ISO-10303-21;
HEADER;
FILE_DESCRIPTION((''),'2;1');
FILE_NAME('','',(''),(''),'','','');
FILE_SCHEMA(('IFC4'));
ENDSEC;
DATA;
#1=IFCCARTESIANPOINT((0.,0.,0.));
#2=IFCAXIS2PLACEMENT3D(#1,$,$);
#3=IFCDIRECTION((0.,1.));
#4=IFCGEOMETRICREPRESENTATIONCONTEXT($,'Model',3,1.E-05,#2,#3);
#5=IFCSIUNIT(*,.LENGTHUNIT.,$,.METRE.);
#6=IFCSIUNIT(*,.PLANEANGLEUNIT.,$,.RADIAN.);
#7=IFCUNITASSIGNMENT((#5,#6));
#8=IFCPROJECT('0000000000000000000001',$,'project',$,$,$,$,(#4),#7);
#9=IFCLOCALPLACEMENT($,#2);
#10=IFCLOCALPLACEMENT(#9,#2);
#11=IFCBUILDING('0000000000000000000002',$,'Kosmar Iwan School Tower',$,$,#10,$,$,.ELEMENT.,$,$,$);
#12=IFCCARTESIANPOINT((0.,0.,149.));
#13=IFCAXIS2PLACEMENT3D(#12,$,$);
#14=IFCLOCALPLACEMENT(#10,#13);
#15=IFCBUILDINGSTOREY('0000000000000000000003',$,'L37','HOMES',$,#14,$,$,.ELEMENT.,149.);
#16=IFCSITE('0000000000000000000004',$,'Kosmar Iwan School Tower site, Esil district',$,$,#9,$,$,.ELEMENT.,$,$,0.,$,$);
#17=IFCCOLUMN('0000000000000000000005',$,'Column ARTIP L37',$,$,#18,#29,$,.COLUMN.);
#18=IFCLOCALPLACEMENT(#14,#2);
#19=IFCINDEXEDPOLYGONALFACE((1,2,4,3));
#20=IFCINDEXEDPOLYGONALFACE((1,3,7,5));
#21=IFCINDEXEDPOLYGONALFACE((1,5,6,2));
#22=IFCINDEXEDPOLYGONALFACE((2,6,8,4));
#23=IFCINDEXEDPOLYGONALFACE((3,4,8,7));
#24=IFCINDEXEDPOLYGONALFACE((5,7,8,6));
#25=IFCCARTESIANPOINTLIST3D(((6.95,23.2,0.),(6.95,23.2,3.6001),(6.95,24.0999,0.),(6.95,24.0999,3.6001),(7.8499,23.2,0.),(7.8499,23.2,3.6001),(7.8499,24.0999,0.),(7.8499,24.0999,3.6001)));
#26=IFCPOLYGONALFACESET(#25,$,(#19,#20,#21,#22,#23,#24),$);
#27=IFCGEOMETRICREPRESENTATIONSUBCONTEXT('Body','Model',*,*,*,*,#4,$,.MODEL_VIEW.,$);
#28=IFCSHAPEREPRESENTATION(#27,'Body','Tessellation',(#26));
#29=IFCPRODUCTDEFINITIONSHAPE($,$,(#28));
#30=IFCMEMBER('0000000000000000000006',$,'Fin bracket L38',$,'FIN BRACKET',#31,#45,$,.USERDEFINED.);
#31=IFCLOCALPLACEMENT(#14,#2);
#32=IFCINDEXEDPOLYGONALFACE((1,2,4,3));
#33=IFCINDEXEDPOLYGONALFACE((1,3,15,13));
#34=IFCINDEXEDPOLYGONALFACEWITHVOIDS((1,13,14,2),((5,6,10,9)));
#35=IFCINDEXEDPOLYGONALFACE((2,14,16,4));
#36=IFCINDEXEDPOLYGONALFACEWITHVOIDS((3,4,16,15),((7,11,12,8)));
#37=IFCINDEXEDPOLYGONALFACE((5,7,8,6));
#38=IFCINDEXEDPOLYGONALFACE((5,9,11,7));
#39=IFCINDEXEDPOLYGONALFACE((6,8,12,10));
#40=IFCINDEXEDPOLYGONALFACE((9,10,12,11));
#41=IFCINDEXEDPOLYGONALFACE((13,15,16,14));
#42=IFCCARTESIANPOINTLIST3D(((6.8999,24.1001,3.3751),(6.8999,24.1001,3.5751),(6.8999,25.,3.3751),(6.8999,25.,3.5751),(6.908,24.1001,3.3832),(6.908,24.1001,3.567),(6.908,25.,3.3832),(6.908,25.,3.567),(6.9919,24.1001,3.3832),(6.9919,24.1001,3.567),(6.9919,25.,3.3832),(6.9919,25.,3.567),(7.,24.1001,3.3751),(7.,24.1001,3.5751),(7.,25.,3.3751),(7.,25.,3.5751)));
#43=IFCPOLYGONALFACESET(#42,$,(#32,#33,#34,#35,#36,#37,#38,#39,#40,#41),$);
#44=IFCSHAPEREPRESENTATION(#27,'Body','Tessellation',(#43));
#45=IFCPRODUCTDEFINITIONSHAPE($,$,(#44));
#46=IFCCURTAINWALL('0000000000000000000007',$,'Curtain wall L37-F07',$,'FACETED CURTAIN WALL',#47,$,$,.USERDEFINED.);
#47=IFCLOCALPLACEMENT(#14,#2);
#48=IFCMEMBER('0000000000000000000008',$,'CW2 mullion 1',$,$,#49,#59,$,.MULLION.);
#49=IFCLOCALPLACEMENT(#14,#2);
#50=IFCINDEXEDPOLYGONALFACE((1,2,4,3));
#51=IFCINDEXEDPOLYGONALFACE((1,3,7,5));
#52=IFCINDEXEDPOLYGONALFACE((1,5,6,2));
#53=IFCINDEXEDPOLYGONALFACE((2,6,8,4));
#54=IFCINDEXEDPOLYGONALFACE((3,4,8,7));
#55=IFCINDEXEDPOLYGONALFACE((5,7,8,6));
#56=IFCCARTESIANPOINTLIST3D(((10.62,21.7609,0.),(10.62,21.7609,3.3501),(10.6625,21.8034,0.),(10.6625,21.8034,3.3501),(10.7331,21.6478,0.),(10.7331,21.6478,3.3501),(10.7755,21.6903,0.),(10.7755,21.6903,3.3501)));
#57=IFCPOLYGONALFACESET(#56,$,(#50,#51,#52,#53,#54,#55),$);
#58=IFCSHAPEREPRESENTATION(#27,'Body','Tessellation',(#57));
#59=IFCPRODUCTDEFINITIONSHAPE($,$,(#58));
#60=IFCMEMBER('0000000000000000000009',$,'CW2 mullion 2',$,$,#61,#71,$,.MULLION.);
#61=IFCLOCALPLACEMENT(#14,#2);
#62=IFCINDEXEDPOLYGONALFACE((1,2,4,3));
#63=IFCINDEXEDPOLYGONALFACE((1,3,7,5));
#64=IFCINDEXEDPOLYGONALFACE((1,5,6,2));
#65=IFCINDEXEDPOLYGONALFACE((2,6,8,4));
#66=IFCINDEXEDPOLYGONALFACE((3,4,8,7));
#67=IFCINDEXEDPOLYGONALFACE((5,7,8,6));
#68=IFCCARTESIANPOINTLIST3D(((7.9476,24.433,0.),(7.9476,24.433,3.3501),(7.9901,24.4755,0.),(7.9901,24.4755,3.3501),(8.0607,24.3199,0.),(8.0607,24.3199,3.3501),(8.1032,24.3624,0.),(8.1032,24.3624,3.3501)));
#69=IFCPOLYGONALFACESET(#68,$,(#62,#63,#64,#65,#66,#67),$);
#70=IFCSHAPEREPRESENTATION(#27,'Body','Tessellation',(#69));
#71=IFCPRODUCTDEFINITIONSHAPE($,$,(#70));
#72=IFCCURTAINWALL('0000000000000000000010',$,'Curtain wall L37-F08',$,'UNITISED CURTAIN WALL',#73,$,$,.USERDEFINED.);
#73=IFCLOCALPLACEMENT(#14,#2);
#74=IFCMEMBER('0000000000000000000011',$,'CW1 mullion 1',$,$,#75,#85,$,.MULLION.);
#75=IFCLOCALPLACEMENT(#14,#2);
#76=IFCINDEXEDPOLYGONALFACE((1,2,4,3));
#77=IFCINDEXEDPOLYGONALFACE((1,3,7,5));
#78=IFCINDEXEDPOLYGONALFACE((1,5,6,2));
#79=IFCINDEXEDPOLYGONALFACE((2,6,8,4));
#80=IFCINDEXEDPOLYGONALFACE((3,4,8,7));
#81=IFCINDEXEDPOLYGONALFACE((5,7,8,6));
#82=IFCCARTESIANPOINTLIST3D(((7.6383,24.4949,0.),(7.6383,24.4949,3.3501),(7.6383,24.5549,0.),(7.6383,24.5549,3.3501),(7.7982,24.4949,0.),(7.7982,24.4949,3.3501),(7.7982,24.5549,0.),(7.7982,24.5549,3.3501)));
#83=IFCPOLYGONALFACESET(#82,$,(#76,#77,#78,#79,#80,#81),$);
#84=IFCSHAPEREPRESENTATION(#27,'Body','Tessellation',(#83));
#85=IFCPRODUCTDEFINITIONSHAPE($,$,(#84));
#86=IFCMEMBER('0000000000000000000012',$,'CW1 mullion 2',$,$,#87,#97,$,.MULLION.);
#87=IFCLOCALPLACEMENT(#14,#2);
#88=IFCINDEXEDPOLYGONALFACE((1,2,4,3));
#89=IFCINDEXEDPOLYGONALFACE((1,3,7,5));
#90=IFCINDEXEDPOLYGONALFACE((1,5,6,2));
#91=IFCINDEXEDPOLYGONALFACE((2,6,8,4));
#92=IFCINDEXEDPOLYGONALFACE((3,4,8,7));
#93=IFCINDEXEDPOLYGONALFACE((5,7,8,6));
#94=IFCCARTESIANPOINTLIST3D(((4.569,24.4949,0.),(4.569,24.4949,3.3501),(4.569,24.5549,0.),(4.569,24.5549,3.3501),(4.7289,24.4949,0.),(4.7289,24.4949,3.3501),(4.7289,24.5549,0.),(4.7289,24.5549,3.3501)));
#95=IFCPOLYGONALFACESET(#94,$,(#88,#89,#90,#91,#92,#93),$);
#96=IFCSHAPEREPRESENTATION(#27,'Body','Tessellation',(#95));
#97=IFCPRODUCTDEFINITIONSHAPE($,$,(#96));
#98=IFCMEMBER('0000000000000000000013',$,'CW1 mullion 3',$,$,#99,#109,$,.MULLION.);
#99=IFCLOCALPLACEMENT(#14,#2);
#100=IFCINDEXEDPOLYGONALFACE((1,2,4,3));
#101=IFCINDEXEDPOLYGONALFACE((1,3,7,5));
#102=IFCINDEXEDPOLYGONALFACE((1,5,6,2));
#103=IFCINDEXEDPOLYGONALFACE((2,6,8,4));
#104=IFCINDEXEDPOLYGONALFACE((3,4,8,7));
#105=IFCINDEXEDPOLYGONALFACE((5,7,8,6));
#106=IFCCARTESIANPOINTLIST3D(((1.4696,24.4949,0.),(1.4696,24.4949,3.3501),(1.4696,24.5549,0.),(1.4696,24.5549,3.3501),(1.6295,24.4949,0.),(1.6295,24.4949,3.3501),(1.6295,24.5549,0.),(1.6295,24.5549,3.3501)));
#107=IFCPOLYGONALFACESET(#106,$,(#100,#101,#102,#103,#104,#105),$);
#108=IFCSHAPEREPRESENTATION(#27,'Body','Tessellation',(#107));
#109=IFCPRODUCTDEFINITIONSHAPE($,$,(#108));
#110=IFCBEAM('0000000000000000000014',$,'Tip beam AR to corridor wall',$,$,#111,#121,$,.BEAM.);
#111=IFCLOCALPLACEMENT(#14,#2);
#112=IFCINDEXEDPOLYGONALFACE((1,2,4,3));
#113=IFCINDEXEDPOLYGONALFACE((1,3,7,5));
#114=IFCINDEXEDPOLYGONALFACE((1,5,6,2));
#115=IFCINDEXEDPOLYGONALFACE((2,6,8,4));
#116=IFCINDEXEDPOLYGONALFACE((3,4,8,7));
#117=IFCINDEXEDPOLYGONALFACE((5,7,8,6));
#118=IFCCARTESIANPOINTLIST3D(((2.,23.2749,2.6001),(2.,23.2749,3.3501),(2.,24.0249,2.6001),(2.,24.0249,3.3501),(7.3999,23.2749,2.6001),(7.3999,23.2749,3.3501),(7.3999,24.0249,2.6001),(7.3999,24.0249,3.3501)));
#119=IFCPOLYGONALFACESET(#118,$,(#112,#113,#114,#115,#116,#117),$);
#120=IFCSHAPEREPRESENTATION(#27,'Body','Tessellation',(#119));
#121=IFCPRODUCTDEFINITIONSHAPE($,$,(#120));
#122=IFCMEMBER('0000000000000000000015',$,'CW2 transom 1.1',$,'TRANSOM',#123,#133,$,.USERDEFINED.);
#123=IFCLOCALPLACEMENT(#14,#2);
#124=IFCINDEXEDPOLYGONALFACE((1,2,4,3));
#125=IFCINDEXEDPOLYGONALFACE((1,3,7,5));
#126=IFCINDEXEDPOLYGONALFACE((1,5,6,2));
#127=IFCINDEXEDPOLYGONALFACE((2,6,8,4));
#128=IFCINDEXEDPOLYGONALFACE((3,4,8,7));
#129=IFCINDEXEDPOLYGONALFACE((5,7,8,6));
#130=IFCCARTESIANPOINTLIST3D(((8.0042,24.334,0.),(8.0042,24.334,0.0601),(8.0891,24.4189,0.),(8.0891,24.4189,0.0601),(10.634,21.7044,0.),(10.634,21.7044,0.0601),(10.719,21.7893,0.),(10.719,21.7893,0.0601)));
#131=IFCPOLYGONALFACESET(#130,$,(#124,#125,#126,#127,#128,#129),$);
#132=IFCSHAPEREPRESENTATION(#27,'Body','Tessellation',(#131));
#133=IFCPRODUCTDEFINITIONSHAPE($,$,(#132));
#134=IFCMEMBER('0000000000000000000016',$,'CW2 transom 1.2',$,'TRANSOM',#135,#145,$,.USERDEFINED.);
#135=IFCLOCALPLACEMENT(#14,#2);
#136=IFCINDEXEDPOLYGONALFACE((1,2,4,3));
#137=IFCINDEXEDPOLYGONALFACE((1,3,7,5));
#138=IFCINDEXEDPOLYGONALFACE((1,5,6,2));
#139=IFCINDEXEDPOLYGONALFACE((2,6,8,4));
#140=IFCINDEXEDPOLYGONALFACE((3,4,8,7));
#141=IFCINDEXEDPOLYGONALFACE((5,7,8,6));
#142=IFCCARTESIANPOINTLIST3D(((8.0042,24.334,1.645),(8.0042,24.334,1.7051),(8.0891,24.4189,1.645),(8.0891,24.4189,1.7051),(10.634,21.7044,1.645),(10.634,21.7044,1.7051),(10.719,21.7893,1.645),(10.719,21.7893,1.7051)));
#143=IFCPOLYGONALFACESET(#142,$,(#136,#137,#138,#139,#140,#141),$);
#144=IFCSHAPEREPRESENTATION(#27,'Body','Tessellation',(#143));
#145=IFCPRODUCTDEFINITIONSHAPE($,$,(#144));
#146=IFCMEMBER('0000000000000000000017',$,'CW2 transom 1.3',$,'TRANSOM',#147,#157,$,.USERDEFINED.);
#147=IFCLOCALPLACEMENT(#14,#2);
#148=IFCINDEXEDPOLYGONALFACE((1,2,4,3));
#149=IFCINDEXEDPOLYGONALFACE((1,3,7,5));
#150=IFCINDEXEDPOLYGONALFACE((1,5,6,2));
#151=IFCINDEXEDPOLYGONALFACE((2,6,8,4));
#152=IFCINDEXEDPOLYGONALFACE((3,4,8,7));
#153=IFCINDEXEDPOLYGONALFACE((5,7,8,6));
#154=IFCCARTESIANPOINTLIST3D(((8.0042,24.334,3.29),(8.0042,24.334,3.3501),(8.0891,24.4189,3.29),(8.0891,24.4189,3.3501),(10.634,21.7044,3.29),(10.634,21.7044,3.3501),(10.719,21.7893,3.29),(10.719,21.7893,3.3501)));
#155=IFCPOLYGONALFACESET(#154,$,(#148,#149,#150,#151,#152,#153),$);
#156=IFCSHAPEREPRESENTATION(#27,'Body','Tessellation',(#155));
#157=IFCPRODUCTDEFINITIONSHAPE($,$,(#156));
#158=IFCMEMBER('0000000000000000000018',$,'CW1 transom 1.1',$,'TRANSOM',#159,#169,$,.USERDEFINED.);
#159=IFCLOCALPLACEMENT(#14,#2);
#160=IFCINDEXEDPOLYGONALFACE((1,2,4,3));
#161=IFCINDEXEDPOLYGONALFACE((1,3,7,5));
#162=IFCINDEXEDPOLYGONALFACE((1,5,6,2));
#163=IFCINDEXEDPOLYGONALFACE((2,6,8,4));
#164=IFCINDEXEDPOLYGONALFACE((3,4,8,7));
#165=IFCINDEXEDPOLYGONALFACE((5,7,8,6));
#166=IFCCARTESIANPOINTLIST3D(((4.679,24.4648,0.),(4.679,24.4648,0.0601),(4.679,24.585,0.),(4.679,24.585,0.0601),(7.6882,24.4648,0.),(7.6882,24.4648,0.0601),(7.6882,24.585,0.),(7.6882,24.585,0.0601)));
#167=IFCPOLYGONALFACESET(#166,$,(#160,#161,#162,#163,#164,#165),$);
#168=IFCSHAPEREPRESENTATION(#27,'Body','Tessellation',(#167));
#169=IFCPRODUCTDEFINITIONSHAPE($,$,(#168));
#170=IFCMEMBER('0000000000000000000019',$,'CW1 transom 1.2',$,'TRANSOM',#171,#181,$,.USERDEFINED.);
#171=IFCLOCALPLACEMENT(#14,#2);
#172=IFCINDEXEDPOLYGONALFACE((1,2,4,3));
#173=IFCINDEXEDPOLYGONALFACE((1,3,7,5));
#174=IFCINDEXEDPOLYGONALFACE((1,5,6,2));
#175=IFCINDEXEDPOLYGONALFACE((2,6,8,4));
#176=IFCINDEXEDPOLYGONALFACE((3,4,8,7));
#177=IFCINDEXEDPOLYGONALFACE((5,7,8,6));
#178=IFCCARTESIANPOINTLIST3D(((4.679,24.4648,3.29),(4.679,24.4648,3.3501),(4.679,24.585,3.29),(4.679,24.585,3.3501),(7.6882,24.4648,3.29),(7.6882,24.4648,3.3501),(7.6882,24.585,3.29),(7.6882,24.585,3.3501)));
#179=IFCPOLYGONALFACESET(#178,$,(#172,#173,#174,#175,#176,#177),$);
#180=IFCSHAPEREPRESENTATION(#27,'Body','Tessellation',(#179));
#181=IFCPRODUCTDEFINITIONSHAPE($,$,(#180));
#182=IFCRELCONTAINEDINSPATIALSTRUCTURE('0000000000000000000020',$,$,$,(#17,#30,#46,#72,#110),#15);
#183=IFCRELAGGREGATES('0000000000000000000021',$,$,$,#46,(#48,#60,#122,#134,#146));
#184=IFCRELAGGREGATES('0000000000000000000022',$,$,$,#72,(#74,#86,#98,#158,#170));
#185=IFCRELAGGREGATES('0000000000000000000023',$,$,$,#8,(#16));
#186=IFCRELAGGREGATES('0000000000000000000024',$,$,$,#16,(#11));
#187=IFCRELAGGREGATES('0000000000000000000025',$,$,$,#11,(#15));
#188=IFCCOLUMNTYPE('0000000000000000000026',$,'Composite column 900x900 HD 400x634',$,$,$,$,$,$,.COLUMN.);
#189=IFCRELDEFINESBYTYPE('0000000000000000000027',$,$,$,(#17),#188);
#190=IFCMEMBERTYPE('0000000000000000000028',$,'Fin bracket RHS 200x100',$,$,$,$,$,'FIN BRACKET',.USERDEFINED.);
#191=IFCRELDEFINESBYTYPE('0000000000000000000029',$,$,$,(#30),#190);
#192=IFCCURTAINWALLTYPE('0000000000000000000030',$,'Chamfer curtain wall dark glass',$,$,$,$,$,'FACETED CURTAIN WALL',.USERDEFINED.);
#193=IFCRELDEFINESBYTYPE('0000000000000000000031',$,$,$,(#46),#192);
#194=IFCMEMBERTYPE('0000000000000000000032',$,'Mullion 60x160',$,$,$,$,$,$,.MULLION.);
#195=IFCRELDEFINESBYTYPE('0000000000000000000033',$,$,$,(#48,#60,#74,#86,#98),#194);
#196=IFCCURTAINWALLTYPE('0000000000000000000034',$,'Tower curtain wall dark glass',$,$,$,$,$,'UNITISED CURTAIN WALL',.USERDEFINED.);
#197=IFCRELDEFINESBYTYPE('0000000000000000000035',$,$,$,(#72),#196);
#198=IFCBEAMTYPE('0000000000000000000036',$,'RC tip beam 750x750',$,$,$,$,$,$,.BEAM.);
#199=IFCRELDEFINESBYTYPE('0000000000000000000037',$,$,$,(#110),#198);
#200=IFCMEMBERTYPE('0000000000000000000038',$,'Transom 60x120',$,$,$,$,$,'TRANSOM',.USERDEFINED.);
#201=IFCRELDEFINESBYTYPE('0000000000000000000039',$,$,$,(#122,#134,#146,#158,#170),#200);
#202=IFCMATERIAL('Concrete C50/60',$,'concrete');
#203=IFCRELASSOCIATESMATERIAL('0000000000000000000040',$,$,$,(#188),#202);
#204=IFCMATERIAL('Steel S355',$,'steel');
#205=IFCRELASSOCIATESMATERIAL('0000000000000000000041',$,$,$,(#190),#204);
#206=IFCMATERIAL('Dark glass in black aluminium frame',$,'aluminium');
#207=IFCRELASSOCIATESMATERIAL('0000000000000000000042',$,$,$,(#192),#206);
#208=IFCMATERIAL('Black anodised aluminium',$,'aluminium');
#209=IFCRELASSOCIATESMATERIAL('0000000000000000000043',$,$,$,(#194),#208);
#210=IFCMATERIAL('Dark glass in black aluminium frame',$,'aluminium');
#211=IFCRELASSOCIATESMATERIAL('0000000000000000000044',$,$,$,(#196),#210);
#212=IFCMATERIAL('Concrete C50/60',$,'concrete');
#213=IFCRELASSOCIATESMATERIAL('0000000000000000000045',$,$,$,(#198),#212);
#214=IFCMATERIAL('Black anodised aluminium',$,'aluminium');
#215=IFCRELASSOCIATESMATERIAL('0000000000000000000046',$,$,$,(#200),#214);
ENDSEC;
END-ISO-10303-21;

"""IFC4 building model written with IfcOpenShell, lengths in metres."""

from ifc_helpers import new_model, si_unit, direction, frame, origin, origin_2d, place, context, subcontext, project, spatial, rectangle, hollow_rectangle, extrude, material, material_profile, profile_set, type_object, element, aggregate, save


model = new_model("IFC4")

# Units and contexts
model_context = context("Model", 3, precision=1e-05, world=origin(), true_north=direction((0.0, 1.0)))
body_context = subcontext(model_context, "Body", "Model", "MODEL_VIEW")
ifc_project = project(units=[si_unit("LENGTHUNIT", "METRE"), si_unit("PLANEANGLEUNIT", "RADIAN")], contexts=[model_context])

# Site, building, storey
site_placement = place(None, origin())
site = spatial("IfcSite", under=ifc_project, at=site_placement, Name="Kosmar Iwan School Tower site, Esil district", CompositionType="ELEMENT", RefElevation=0.0)
building_placement = place(site_placement, origin())
building = spatial("IfcBuilding", under=site, at=building_placement, Name="Kosmar Iwan School Tower", CompositionType="ELEMENT")
storey_placement = place(building_placement, frame((0.0, 0.0, 149.0)))
storey = spatial("IfcBuildingStorey", under=building, at=storey_placement, Name="L37", Description="HOMES", CompositionType="ELEMENT", Elevation=149.0)

# Column
ifc_material_1 = material(Name="Concrete C50/60", Category="concrete")
ifc_material_profile_1 = material_profile(ifc_material_1, rectangle(XDim=0.8999, YDim=0.8999, at=origin_2d()), Name="RC 900x900 + HD 400x634")
ifc_profile_set_1 = profile_set([ifc_material_profile_1], Name="Concrete C50/60")
column_type = type_object("IfcColumnType", Name="Composite column 900x900 HD 400x634", PredefinedType="COLUMN", material=ifc_profile_set_1)
column_placement = place(storey_placement, frame((7.3999, 23.6499, 0.0), z_axis=(0.0, 0.0, 1.0), x_axis=(0.0, 1.0, 0.0)))
element("IfcColumn", 1, at=column_placement, inside=storey, type_object=column_type, Name="Column ARTIP L37", PredefinedType="COLUMN", context=body_context, shape_type="SweptSolid", body=[
    extrude(rectangle(XDim=0.8999, YDim=0.8999, at=origin_2d()), origin(), (0.0, 0.0, 1.0), 3.6001),
])

# Member
ifc_material_2 = material(Name="Steel S355", Category="steel")
ifc_material_profile_2 = material_profile(ifc_material_2, hollow_rectangle(XDim=0.1001, YDim=0.2, WallThickness=0.0081, at=origin_2d()), Name="RHS 200x100x8")
ifc_profile_set_2 = profile_set([ifc_material_profile_2], Name="Steel S355")
member_type_1 = type_object("IfcMemberType", Name="Fin bracket RHS 200x100", ElementType="FIN BRACKET", PredefinedType="USERDEFINED", material=ifc_profile_set_2)
member_1_placement = place(storey_placement, frame((6.95, 24.1001, 3.4751), z_axis=(0.0, 1.0, 0.0), x_axis=(-1.0, 0.0, 0.0)))
element("IfcMember", 2, at=member_1_placement, inside=storey, type_object=member_type_1, Name="Fin bracket L38", ObjectType="FIN BRACKET", PredefinedType="USERDEFINED", context=body_context, shape_type="SweptSolid", body=[
    extrude(hollow_rectangle(XDim=0.1001, YDim=0.2, WallThickness=0.0081, at=origin_2d()), origin(), (0.0, 0.0, 1.0), 0.8999),
])

# Curtain walls, members
ifc_material_3 = material(Name="Dark glass in black aluminium frame", Category="aluminium")
curtain_wall_type_1 = type_object("IfcCurtainWallType", Name="Chamfer curtain wall dark glass", ElementType="FACETED CURTAIN WALL", PredefinedType="USERDEFINED", material=ifc_material_3)
curtain_wall_1_placement = place(storey_placement, origin())
curtain_wall_1 = element("IfcCurtainWall", 3, at=curtain_wall_1_placement, inside=storey, type_object=curtain_wall_type_1, Name="Curtain wall L37-F07", ObjectType="FACETED CURTAIN WALL", PredefinedType="USERDEFINED")
ifc_material_4 = material(Name="Black anodised aluminium", Category="aluminium")
ifc_material_profile_3 = material_profile(ifc_material_4, rectangle(XDim=0.0601, YDim=0.1599, at=origin_2d()), Name="MULLION 60x160")
ifc_profile_set_3 = profile_set([ifc_material_profile_3], Name="Black anodised aluminium")
member_type_2 = type_object("IfcMemberType", Name="Mullion 60x160", PredefinedType="MULLION", material=ifc_profile_set_3)
member_2_placement = place(storey_placement, frame((10.6978, 21.7256, 0.0), z_axis=(0.0, 0.0, 1.0), x_axis=(-0.707107, -0.707107, 0.0)))
member_2 = element("IfcMember", 4, at=member_2_placement, type_object=member_type_2, Name="CW2 mullion 1", PredefinedType="MULLION", context=body_context, shape_type="SweptSolid", body=[
    extrude(rectangle(XDim=0.0601, YDim=0.1599, at=origin_2d()), origin(), (0.0, 0.0, 1.0), 3.3501),
])
member_3_placement = place(storey_placement, frame((8.0254, 24.3977, 0.0), z_axis=(0.0, 0.0, 1.0), x_axis=(-0.707107, -0.707107, 0.0)))
member_3 = element("IfcMember", 5, at=member_3_placement, type_object=member_type_2, Name="CW2 mullion 2", PredefinedType="MULLION", context=body_context, shape_type="SweptSolid", body=[
    extrude(rectangle(XDim=0.0601, YDim=0.1599, at=origin_2d()), origin(), (0.0, 0.0, 1.0), 3.3501),
])
ifc_material_5 = material(Name="Dark glass in black aluminium frame", Category="aluminium")
curtain_wall_type_2 = type_object("IfcCurtainWallType", Name="Tower curtain wall dark glass", ElementType="UNITISED CURTAIN WALL", PredefinedType="USERDEFINED", material=ifc_material_5)
curtain_wall_2_placement = place(storey_placement, origin())
curtain_wall_2 = element("IfcCurtainWall", 6, at=curtain_wall_2_placement, inside=storey, type_object=curtain_wall_type_2, Name="Curtain wall L37-F08", ObjectType="UNITISED CURTAIN WALL", PredefinedType="USERDEFINED")
member_4_placement = place(storey_placement, frame((7.7183, 24.5249, 0.0), z_axis=(0.0, 0.0, 1.0), x_axis=(0.0, -1.0, 0.0)))
member_4 = element("IfcMember", 7, at=member_4_placement, type_object=member_type_2, Name="CW1 mullion 1", PredefinedType="MULLION", context=body_context, shape_type="SweptSolid", body=[
    extrude(rectangle(XDim=0.0601, YDim=0.1599, at=origin_2d()), origin(), (0.0, 0.0, 1.0), 3.3501),
])
member_5_placement = place(storey_placement, frame((4.6489, 24.5249, 0.0), z_axis=(0.0, 0.0, 1.0), x_axis=(0.0, -1.0, 0.0)))
member_5 = element("IfcMember", 8, at=member_5_placement, type_object=member_type_2, Name="CW1 mullion 2", PredefinedType="MULLION", context=body_context, shape_type="SweptSolid", body=[
    extrude(rectangle(XDim=0.0601, YDim=0.1599, at=origin_2d()), origin(), (0.0, 0.0, 1.0), 3.3501),
])
member_6_placement = place(storey_placement, frame((1.5496, 24.5249, 0.0), z_axis=(0.0, 0.0, 1.0), x_axis=(0.0, -1.0, 0.0)))
member_6 = element("IfcMember", 9, at=member_6_placement, type_object=member_type_2, Name="CW1 mullion 3", PredefinedType="MULLION", context=body_context, shape_type="SweptSolid", body=[
    extrude(rectangle(XDim=0.0601, YDim=0.1599, at=origin_2d()), origin(), (0.0, 0.0, 1.0), 3.3501),
])

# Beam
ifc_material_6 = material(Name="Concrete C50/60", Category="concrete")
ifc_material_profile_4 = material_profile(ifc_material_6, rectangle(XDim=0.75, YDim=0.75, at=origin_2d()), Name="RC 750x750")
ifc_profile_set_4 = profile_set([ifc_material_profile_4], Name="Concrete C50/60")
beam_type = type_object("IfcBeamType", Name="RC tip beam 750x750", PredefinedType="BEAM", material=ifc_profile_set_4)
beam_placement = place(storey_placement, frame((7.3999, 23.6499, 2.9751), z_axis=(-1.0, 0.0, 0.0), x_axis=(0.0, -1.0, 0.0)))
element("IfcBeam", 10, at=beam_placement, inside=storey, type_object=beam_type, Name="Tip beam AR to corridor wall", PredefinedType="BEAM", context=body_context, shape_type="SweptSolid", body=[
    extrude(rectangle(XDim=0.75, YDim=0.75, at=origin_2d()), origin(), (0.0, 0.0, 1.0), 5.3999),
])

# Members
ifc_material_7 = material(Name="Black anodised aluminium", Category="aluminium")
ifc_material_profile_5 = material_profile(ifc_material_7, rectangle(XDim=0.1201, YDim=0.0601, at=origin_2d()), Name="TRANSOM 60x120")
ifc_profile_set_5 = profile_set([ifc_material_profile_5], Name="Black anodised aluminium")
member_type_3 = type_object("IfcMemberType", Name="Transom 60x120", ElementType="TRANSOM", PredefinedType="USERDEFINED", material=ifc_profile_set_5)
member_7_placement = place(storey_placement, frame((10.6765, 21.7468, 0.03), z_axis=(-0.70714, 0.707074, 0.0), x_axis=(-0.707074, -0.70714, 0.0)))
member_7 = element("IfcMember", 11, at=member_7_placement, type_object=member_type_3, Name="CW2 transom 1.1", ObjectType="TRANSOM", PredefinedType="USERDEFINED", context=body_context, shape_type="SweptSolid", body=[
    extrude(rectangle(XDim=0.1201, YDim=0.0601, at=origin_2d()), origin(), (0.0, 0.0, 1.0), 3.719),
])
member_8_placement = place(storey_placement, frame((10.6765, 21.7468, 1.675), z_axis=(-0.70714, 0.707074, 0.0), x_axis=(-0.707074, -0.70714, 0.0)))
member_8 = element("IfcMember", 12, at=member_8_placement, type_object=member_type_3, Name="CW2 transom 1.2", ObjectType="TRANSOM", PredefinedType="USERDEFINED", context=body_context, shape_type="SweptSolid", body=[
    extrude(rectangle(XDim=0.1201, YDim=0.0601, at=origin_2d()), origin(), (0.0, 0.0, 1.0), 3.719),
])
member_9_placement = place(storey_placement, frame((10.6765, 21.7468, 3.3201), z_axis=(-0.70714, 0.707074, 0.0), x_axis=(-0.707074, -0.70714, 0.0)))
member_9 = element("IfcMember", 13, at=member_9_placement, type_object=member_type_3, Name="CW2 transom 1.3", ObjectType="TRANSOM", PredefinedType="USERDEFINED", context=body_context, shape_type="SweptSolid", body=[
    extrude(rectangle(XDim=0.1201, YDim=0.0601, at=origin_2d()), origin(), (0.0, 0.0, 1.0), 3.719),
])
member_10_placement = place(storey_placement, frame((7.6882, 24.5249, 0.03), z_axis=(-1.0, 0.0, 0.0), x_axis=(0.0, -1.0, 0.0)))
member_10 = element("IfcMember", 14, at=member_10_placement, type_object=member_type_3, Name="CW1 transom 1.1", ObjectType="TRANSOM", PredefinedType="USERDEFINED", context=body_context, shape_type="SweptSolid", body=[
    extrude(rectangle(XDim=0.1201, YDim=0.0601, at=origin_2d()), origin(), (0.0, 0.0, 1.0), 3.0093),
])
member_11_placement = place(storey_placement, frame((7.6882, 24.5249, 3.3201), z_axis=(-1.0, 0.0, 0.0), x_axis=(0.0, -1.0, 0.0)))
member_11 = element("IfcMember", 15, at=member_11_placement, type_object=member_type_3, Name="CW1 transom 1.2", ObjectType="TRANSOM", PredefinedType="USERDEFINED", context=body_context, shape_type="SweptSolid", body=[
    extrude(rectangle(XDim=0.1201, YDim=0.0601, at=origin_2d()), origin(), (0.0, 0.0, 1.0), 3.0093),
])

aggregate(curtain_wall_1, [member_2, member_3, member_7, member_8, member_9])
aggregate(curtain_wall_2, [member_4, member_5, member_6, member_10, member_11])

save(model, "model.ifc")
